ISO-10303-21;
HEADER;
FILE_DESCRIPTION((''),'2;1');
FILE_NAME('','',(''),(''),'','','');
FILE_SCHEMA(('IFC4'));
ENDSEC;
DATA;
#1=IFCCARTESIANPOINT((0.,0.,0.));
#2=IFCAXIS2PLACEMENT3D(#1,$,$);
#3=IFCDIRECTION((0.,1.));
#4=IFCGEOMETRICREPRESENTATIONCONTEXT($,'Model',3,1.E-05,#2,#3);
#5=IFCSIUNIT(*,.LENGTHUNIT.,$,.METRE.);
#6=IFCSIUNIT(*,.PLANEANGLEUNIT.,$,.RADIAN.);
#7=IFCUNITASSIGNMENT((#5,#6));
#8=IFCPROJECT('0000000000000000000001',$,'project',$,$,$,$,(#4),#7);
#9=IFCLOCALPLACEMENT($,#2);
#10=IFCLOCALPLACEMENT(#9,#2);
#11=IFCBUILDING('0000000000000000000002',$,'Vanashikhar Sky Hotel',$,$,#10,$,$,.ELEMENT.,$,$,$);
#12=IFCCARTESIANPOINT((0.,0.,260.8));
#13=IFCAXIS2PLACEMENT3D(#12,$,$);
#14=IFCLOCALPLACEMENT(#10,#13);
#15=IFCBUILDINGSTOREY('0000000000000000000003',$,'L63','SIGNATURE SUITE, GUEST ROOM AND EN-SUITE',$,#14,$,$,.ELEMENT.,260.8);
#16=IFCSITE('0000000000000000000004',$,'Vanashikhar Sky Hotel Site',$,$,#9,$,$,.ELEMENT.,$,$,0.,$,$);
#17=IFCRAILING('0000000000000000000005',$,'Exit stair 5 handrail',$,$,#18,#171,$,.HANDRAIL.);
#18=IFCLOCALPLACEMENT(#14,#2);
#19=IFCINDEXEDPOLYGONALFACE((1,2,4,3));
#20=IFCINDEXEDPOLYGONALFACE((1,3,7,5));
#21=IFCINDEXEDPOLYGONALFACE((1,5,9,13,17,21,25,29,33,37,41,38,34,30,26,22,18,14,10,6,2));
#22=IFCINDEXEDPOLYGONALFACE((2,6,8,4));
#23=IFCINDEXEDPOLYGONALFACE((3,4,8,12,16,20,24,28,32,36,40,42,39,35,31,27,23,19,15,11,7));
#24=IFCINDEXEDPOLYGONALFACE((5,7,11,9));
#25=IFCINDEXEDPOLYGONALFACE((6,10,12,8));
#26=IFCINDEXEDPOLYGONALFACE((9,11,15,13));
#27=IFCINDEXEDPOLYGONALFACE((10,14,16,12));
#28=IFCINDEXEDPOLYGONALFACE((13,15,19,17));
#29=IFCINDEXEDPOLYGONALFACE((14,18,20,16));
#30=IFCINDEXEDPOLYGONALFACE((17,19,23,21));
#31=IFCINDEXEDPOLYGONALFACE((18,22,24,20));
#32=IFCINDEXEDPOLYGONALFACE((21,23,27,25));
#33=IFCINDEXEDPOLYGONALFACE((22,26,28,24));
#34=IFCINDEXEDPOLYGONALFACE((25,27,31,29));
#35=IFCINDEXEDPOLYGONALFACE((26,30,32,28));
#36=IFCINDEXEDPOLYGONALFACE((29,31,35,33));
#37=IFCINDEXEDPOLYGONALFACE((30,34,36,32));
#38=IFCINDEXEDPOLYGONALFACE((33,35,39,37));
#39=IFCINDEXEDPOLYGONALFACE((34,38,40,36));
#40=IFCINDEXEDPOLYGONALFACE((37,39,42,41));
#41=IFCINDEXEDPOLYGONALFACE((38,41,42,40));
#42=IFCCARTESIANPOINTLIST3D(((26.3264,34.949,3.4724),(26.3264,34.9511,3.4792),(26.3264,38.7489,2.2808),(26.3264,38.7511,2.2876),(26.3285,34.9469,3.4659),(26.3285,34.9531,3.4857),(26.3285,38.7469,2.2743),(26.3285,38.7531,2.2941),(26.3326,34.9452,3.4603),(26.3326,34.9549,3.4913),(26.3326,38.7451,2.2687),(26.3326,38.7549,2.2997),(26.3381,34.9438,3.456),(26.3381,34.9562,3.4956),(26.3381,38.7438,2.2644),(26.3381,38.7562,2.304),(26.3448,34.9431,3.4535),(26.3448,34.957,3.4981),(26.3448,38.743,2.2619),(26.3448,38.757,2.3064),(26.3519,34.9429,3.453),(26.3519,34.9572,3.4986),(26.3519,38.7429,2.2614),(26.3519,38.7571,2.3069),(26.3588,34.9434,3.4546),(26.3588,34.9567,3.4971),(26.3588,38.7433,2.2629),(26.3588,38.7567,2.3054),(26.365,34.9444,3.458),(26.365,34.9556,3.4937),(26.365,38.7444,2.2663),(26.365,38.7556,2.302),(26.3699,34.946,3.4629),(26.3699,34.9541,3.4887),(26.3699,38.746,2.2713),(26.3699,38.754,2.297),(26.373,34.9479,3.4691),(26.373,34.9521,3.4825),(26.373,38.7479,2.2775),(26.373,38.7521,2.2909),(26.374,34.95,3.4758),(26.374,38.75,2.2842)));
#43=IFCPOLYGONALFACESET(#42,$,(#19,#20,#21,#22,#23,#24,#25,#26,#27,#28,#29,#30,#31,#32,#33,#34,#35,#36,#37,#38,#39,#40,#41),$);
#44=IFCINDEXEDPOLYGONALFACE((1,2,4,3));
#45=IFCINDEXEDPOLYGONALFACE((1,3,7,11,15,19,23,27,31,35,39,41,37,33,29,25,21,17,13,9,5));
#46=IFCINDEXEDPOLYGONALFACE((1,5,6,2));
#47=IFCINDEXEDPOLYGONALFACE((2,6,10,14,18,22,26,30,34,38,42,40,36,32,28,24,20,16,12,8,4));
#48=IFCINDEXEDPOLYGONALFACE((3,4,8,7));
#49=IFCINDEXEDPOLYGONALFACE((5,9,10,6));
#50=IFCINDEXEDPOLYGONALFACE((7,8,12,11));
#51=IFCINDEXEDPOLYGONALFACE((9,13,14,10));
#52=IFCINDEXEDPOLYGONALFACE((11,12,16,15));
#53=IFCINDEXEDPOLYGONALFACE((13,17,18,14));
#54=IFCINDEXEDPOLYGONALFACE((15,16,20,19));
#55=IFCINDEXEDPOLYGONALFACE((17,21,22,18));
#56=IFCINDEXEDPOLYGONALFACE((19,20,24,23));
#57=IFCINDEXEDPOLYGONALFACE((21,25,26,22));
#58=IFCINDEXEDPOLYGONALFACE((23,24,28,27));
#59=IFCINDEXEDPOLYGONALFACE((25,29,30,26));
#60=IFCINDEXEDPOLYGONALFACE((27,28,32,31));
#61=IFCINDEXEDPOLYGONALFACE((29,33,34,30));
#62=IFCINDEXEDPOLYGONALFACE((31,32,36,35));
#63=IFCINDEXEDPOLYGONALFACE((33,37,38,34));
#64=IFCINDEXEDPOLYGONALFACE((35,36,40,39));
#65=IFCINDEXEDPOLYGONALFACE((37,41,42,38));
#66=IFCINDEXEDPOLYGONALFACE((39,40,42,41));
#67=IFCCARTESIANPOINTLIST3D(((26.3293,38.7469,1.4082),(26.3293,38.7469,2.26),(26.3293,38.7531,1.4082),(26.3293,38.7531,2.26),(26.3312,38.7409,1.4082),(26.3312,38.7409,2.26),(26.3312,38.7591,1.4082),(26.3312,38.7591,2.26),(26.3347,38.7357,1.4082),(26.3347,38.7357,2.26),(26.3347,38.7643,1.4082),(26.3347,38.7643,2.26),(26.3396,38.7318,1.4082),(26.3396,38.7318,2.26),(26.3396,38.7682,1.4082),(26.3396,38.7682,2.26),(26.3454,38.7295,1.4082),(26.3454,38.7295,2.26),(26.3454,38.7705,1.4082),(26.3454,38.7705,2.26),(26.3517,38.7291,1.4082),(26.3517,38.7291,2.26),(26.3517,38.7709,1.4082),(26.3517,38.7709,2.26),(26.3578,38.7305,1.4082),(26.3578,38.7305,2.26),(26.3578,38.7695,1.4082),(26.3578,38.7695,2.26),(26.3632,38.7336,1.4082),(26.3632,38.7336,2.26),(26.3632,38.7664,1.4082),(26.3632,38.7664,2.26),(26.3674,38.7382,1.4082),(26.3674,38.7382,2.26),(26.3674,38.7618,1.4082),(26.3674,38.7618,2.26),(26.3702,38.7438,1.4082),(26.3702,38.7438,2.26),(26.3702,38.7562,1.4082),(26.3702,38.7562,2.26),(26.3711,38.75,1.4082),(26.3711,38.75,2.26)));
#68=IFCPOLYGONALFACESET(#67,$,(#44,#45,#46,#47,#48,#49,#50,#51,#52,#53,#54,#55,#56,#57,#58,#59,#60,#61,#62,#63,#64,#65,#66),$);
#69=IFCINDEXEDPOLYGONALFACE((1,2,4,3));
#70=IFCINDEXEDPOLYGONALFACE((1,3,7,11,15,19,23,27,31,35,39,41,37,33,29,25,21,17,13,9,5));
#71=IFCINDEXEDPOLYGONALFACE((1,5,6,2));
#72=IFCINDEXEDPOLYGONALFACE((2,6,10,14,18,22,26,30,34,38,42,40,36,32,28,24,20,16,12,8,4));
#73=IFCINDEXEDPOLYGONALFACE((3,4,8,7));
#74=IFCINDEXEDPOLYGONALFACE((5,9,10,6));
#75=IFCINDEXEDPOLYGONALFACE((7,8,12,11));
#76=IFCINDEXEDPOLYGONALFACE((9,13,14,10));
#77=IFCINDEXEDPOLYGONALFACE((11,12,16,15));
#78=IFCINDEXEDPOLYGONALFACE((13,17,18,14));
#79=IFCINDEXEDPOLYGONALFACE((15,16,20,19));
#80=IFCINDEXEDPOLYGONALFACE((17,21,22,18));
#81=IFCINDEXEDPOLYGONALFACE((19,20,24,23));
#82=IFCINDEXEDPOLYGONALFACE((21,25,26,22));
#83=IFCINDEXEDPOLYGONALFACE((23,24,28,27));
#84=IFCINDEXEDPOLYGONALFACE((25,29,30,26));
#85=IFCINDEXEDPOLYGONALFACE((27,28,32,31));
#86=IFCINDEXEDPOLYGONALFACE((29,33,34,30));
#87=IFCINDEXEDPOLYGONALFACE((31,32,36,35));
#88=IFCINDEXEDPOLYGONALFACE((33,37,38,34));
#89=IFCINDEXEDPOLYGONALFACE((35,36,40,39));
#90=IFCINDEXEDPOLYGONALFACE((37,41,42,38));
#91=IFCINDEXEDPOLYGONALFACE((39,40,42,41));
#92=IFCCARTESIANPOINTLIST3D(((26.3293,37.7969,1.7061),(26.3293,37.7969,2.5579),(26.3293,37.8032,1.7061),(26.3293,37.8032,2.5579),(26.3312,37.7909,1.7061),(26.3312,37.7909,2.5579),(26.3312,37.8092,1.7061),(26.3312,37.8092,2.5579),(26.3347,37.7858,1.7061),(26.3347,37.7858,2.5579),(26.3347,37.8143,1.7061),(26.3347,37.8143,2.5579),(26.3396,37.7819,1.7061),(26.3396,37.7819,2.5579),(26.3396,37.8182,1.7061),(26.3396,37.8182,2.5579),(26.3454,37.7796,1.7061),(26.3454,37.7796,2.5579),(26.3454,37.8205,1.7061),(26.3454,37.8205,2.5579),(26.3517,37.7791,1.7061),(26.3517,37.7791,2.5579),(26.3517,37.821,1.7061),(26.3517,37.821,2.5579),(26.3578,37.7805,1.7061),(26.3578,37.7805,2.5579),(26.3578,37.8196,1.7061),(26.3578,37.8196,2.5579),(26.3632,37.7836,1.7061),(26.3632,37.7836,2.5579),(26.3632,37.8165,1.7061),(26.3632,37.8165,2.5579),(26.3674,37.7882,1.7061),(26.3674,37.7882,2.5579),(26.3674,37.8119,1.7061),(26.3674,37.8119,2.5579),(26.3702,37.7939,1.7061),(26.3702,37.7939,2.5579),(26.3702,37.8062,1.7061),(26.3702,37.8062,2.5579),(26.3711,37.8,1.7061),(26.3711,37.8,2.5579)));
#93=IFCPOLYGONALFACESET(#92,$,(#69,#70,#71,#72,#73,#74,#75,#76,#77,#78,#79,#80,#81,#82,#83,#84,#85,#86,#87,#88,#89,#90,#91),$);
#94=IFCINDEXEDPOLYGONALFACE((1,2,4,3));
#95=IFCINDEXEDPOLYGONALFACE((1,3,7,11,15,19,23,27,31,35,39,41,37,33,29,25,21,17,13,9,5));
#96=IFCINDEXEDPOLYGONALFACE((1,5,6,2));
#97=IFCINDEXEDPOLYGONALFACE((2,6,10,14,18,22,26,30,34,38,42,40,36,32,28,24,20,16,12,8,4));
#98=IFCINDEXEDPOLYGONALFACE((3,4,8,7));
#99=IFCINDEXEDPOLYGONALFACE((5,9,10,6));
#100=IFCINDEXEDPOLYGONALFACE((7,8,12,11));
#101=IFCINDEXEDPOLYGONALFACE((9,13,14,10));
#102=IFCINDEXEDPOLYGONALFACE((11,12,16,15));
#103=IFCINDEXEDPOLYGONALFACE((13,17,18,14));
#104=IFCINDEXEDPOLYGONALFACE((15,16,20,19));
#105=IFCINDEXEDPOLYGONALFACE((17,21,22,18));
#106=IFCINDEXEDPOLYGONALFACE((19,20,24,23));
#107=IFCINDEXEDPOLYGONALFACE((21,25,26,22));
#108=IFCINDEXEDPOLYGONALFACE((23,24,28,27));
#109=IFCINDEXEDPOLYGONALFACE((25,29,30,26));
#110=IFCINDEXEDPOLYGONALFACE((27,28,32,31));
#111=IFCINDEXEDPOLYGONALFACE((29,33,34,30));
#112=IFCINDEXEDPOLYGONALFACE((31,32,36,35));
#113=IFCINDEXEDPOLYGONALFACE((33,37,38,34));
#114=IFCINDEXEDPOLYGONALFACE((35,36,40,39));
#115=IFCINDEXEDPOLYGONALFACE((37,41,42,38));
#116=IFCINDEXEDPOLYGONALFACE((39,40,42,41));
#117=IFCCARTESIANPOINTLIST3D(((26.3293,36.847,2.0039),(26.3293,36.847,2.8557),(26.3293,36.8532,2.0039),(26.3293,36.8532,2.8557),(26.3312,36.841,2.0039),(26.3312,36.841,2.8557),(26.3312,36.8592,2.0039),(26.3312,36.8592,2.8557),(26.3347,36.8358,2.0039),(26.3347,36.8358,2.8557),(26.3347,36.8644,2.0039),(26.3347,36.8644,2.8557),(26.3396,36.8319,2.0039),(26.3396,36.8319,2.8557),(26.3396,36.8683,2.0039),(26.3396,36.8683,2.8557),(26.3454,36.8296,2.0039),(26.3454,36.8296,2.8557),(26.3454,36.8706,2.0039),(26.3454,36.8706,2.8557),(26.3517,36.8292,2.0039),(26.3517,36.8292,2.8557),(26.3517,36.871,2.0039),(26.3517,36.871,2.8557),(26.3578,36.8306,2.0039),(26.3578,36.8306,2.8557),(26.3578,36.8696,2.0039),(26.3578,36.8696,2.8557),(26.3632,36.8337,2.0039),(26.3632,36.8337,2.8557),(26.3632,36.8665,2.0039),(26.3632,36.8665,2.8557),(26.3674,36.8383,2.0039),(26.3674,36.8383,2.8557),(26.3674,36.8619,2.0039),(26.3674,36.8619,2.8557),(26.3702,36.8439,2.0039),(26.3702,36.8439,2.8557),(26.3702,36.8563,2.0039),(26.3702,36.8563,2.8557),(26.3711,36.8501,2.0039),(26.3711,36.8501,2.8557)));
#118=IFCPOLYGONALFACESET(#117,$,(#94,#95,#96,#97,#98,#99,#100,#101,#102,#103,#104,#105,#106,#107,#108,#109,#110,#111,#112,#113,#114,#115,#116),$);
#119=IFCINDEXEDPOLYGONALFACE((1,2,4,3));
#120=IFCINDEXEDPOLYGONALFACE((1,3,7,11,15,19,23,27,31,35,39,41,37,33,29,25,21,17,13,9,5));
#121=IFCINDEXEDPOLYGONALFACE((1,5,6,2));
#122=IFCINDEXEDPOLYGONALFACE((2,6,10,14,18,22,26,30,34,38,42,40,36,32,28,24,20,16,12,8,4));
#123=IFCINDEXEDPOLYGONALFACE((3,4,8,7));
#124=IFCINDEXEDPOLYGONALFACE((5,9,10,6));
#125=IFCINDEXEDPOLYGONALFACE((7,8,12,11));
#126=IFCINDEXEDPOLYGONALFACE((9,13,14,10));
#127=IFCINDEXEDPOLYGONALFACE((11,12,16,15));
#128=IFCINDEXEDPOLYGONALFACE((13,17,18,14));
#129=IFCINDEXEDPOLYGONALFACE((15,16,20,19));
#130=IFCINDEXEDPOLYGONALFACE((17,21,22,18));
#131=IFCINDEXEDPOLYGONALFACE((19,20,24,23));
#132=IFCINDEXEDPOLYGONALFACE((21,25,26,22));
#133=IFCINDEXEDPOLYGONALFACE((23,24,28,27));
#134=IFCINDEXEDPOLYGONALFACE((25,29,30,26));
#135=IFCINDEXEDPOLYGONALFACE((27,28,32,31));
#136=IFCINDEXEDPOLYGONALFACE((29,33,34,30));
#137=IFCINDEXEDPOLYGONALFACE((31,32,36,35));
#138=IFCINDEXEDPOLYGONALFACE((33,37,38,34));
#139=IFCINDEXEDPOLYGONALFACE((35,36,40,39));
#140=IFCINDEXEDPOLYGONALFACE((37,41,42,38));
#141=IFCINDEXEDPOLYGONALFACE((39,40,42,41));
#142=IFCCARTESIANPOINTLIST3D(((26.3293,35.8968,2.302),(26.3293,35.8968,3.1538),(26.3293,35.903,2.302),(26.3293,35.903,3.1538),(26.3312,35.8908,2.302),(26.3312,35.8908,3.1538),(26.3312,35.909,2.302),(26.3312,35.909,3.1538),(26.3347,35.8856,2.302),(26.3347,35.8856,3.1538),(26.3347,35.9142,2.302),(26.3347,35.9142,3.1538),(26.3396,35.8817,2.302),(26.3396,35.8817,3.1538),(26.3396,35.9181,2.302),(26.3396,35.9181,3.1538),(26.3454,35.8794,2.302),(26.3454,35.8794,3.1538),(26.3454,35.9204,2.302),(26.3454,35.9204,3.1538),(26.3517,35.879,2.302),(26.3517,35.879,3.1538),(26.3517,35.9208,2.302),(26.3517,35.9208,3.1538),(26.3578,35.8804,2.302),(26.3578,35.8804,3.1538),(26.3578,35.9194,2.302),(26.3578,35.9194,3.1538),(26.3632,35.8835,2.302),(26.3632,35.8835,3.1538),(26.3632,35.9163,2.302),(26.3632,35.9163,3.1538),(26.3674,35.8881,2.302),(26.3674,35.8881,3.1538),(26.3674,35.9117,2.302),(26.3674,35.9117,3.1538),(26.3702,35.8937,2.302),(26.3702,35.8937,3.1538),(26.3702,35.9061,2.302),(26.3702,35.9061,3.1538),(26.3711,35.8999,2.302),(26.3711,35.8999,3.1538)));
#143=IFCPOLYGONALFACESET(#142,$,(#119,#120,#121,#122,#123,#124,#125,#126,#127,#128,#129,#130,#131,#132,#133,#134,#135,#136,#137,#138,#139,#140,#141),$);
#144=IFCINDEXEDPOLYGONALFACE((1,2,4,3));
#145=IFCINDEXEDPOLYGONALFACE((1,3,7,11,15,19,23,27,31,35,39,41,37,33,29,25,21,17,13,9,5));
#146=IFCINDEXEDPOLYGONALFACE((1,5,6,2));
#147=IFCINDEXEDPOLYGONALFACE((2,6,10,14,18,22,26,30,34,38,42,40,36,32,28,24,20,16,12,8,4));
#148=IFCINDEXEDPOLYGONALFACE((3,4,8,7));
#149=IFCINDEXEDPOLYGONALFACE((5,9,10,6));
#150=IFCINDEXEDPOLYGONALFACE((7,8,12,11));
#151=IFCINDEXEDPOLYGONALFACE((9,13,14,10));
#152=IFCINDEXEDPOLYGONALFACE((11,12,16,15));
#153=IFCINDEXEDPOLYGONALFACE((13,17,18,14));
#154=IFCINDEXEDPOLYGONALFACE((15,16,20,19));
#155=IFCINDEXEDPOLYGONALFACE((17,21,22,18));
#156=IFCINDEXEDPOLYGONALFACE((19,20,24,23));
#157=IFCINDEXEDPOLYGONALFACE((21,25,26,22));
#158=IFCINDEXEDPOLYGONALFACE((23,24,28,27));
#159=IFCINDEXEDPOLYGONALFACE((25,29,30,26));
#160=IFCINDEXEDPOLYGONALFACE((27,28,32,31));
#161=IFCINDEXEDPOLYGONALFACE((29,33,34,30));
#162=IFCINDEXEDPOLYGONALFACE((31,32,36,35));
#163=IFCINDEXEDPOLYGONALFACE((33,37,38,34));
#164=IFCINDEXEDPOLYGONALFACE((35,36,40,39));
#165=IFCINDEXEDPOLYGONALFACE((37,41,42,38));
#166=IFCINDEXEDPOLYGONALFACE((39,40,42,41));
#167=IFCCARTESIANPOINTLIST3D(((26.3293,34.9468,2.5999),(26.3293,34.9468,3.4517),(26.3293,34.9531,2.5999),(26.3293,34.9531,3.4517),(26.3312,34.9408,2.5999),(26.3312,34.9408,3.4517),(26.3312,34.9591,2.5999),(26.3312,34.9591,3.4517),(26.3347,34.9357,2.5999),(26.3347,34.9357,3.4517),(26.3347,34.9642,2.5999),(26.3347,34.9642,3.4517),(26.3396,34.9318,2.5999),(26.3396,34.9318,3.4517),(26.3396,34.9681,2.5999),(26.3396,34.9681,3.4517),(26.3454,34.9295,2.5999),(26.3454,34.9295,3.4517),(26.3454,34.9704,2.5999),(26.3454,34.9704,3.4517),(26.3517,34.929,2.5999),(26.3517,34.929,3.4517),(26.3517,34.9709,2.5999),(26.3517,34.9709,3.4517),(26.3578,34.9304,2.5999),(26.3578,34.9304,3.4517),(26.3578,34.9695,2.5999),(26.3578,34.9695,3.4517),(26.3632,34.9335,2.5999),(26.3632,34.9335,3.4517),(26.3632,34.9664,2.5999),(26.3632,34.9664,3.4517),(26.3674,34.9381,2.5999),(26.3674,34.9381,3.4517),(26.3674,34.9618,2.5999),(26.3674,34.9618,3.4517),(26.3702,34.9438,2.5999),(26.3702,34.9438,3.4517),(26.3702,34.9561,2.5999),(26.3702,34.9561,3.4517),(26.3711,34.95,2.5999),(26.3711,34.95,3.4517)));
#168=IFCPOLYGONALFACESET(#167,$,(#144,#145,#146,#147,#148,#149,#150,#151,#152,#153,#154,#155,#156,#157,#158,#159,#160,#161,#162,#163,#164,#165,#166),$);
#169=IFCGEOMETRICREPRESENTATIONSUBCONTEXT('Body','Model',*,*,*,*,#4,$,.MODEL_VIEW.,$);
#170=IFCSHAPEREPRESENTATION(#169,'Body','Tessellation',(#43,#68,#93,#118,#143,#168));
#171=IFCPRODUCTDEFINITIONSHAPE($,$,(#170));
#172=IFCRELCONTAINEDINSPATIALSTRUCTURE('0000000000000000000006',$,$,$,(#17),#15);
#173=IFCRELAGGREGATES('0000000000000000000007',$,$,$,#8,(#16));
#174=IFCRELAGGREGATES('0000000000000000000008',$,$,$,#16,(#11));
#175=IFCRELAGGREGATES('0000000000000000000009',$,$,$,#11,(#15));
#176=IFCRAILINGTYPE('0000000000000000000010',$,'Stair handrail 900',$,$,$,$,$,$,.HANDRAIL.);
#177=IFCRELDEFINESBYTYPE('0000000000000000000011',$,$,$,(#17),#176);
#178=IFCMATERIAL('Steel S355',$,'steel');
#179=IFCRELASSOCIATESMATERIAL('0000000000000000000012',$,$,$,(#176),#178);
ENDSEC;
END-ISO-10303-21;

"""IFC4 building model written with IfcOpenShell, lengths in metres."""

from ifc_helpers import new_model, si_unit, direction, frame, origin, origin_2d, place, context, subcontext, project, spatial, circle, extrude, source, transform, mapped, material, type_object, element, save


model = new_model("IFC4")

# Units and contexts
model_context = context("Model", 3, precision=1e-05, world=origin(), true_north=direction((0.0, 1.0)))
body_context = subcontext(model_context, "Body", "Model", "MODEL_VIEW")
ifc_project = project(units=[si_unit("LENGTHUNIT", "METRE"), si_unit("PLANEANGLEUNIT", "RADIAN")], contexts=[model_context])

# Site, building, storey
site_placement = place(None, origin())
site = spatial("IfcSite", under=ifc_project, at=site_placement, Name="Vanashikhar Sky Hotel Site", CompositionType="ELEMENT", RefElevation=0.0)
building_placement = place(site_placement, origin())
building = spatial("IfcBuilding", under=site, at=building_placement, Name="Vanashikhar Sky Hotel", CompositionType="ELEMENT")
storey_placement = place(building_placement, frame((0.0, 0.0, 260.8)))
storey = spatial("IfcBuildingStorey", under=building, at=storey_placement, Name="L63", Description="SIGNATURE SUITE, GUEST ROOM AND EN-SUITE", CompositionType="ELEMENT", Elevation=260.8)

# Railing
ifc_material_1 = material(Name="Steel S355", Category="steel")
railing_type_1 = type_object("IfcRailingType", Name="Stair handrail 900", PredefinedType="HANDRAIL", material=ifc_material_1)
shared_shape_1 = source(origin(), body_context, "Body", "SweptSolid", [
    extrude(circle(Radius=0.0239, at=origin_2d()), frame((0.0, 0.0, 0.876), z_axis=(0.0, -0.954184, 0.299221), x_axis=(1.0, 0.0, 0.0)), (0.0, 0.0, 1.0), 3.9824),
    extrude(circle(Radius=0.021, at=origin_2d()), origin(), (0.0, 0.0, 1.0), 0.8518),
    extrude(circle(Radius=0.021, at=origin_2d()), frame((0.0, -0.95, 0.2979)), (0.0, 0.0, 1.0), 0.8518),
    extrude(circle(Radius=0.021, at=origin_2d()), frame((0.0, -1.8999, 0.5957)), (0.0, 0.0, 1.0), 0.8518),
    extrude(circle(Radius=0.021, at=origin_2d()), frame((0.0, -2.8501, 0.8938)), (0.0, 0.0, 1.0), 0.8518),
    extrude(circle(Radius=0.021, at=origin_2d()), frame((0.0, -3.8, 1.1917)), (0.0, 0.0, 1.0), 0.8518),
])
for number, where, name in (
    (1, (26.3501, 38.75, 1.4082), "Exit stair 5 handrail"),
):
    element("IfcRailing", number, at=place(storey_placement, frame(where)), inside=storey, type_object=railing_type_1, Name=name, PredefinedType="HANDRAIL", context=body_context, shape_type="MappedRepresentation", body=[
        mapped(shared_shape_1, transform((0.0, 0.0, 0.0), scale=1.0)),
    ])

save(model, "model.ifc")
